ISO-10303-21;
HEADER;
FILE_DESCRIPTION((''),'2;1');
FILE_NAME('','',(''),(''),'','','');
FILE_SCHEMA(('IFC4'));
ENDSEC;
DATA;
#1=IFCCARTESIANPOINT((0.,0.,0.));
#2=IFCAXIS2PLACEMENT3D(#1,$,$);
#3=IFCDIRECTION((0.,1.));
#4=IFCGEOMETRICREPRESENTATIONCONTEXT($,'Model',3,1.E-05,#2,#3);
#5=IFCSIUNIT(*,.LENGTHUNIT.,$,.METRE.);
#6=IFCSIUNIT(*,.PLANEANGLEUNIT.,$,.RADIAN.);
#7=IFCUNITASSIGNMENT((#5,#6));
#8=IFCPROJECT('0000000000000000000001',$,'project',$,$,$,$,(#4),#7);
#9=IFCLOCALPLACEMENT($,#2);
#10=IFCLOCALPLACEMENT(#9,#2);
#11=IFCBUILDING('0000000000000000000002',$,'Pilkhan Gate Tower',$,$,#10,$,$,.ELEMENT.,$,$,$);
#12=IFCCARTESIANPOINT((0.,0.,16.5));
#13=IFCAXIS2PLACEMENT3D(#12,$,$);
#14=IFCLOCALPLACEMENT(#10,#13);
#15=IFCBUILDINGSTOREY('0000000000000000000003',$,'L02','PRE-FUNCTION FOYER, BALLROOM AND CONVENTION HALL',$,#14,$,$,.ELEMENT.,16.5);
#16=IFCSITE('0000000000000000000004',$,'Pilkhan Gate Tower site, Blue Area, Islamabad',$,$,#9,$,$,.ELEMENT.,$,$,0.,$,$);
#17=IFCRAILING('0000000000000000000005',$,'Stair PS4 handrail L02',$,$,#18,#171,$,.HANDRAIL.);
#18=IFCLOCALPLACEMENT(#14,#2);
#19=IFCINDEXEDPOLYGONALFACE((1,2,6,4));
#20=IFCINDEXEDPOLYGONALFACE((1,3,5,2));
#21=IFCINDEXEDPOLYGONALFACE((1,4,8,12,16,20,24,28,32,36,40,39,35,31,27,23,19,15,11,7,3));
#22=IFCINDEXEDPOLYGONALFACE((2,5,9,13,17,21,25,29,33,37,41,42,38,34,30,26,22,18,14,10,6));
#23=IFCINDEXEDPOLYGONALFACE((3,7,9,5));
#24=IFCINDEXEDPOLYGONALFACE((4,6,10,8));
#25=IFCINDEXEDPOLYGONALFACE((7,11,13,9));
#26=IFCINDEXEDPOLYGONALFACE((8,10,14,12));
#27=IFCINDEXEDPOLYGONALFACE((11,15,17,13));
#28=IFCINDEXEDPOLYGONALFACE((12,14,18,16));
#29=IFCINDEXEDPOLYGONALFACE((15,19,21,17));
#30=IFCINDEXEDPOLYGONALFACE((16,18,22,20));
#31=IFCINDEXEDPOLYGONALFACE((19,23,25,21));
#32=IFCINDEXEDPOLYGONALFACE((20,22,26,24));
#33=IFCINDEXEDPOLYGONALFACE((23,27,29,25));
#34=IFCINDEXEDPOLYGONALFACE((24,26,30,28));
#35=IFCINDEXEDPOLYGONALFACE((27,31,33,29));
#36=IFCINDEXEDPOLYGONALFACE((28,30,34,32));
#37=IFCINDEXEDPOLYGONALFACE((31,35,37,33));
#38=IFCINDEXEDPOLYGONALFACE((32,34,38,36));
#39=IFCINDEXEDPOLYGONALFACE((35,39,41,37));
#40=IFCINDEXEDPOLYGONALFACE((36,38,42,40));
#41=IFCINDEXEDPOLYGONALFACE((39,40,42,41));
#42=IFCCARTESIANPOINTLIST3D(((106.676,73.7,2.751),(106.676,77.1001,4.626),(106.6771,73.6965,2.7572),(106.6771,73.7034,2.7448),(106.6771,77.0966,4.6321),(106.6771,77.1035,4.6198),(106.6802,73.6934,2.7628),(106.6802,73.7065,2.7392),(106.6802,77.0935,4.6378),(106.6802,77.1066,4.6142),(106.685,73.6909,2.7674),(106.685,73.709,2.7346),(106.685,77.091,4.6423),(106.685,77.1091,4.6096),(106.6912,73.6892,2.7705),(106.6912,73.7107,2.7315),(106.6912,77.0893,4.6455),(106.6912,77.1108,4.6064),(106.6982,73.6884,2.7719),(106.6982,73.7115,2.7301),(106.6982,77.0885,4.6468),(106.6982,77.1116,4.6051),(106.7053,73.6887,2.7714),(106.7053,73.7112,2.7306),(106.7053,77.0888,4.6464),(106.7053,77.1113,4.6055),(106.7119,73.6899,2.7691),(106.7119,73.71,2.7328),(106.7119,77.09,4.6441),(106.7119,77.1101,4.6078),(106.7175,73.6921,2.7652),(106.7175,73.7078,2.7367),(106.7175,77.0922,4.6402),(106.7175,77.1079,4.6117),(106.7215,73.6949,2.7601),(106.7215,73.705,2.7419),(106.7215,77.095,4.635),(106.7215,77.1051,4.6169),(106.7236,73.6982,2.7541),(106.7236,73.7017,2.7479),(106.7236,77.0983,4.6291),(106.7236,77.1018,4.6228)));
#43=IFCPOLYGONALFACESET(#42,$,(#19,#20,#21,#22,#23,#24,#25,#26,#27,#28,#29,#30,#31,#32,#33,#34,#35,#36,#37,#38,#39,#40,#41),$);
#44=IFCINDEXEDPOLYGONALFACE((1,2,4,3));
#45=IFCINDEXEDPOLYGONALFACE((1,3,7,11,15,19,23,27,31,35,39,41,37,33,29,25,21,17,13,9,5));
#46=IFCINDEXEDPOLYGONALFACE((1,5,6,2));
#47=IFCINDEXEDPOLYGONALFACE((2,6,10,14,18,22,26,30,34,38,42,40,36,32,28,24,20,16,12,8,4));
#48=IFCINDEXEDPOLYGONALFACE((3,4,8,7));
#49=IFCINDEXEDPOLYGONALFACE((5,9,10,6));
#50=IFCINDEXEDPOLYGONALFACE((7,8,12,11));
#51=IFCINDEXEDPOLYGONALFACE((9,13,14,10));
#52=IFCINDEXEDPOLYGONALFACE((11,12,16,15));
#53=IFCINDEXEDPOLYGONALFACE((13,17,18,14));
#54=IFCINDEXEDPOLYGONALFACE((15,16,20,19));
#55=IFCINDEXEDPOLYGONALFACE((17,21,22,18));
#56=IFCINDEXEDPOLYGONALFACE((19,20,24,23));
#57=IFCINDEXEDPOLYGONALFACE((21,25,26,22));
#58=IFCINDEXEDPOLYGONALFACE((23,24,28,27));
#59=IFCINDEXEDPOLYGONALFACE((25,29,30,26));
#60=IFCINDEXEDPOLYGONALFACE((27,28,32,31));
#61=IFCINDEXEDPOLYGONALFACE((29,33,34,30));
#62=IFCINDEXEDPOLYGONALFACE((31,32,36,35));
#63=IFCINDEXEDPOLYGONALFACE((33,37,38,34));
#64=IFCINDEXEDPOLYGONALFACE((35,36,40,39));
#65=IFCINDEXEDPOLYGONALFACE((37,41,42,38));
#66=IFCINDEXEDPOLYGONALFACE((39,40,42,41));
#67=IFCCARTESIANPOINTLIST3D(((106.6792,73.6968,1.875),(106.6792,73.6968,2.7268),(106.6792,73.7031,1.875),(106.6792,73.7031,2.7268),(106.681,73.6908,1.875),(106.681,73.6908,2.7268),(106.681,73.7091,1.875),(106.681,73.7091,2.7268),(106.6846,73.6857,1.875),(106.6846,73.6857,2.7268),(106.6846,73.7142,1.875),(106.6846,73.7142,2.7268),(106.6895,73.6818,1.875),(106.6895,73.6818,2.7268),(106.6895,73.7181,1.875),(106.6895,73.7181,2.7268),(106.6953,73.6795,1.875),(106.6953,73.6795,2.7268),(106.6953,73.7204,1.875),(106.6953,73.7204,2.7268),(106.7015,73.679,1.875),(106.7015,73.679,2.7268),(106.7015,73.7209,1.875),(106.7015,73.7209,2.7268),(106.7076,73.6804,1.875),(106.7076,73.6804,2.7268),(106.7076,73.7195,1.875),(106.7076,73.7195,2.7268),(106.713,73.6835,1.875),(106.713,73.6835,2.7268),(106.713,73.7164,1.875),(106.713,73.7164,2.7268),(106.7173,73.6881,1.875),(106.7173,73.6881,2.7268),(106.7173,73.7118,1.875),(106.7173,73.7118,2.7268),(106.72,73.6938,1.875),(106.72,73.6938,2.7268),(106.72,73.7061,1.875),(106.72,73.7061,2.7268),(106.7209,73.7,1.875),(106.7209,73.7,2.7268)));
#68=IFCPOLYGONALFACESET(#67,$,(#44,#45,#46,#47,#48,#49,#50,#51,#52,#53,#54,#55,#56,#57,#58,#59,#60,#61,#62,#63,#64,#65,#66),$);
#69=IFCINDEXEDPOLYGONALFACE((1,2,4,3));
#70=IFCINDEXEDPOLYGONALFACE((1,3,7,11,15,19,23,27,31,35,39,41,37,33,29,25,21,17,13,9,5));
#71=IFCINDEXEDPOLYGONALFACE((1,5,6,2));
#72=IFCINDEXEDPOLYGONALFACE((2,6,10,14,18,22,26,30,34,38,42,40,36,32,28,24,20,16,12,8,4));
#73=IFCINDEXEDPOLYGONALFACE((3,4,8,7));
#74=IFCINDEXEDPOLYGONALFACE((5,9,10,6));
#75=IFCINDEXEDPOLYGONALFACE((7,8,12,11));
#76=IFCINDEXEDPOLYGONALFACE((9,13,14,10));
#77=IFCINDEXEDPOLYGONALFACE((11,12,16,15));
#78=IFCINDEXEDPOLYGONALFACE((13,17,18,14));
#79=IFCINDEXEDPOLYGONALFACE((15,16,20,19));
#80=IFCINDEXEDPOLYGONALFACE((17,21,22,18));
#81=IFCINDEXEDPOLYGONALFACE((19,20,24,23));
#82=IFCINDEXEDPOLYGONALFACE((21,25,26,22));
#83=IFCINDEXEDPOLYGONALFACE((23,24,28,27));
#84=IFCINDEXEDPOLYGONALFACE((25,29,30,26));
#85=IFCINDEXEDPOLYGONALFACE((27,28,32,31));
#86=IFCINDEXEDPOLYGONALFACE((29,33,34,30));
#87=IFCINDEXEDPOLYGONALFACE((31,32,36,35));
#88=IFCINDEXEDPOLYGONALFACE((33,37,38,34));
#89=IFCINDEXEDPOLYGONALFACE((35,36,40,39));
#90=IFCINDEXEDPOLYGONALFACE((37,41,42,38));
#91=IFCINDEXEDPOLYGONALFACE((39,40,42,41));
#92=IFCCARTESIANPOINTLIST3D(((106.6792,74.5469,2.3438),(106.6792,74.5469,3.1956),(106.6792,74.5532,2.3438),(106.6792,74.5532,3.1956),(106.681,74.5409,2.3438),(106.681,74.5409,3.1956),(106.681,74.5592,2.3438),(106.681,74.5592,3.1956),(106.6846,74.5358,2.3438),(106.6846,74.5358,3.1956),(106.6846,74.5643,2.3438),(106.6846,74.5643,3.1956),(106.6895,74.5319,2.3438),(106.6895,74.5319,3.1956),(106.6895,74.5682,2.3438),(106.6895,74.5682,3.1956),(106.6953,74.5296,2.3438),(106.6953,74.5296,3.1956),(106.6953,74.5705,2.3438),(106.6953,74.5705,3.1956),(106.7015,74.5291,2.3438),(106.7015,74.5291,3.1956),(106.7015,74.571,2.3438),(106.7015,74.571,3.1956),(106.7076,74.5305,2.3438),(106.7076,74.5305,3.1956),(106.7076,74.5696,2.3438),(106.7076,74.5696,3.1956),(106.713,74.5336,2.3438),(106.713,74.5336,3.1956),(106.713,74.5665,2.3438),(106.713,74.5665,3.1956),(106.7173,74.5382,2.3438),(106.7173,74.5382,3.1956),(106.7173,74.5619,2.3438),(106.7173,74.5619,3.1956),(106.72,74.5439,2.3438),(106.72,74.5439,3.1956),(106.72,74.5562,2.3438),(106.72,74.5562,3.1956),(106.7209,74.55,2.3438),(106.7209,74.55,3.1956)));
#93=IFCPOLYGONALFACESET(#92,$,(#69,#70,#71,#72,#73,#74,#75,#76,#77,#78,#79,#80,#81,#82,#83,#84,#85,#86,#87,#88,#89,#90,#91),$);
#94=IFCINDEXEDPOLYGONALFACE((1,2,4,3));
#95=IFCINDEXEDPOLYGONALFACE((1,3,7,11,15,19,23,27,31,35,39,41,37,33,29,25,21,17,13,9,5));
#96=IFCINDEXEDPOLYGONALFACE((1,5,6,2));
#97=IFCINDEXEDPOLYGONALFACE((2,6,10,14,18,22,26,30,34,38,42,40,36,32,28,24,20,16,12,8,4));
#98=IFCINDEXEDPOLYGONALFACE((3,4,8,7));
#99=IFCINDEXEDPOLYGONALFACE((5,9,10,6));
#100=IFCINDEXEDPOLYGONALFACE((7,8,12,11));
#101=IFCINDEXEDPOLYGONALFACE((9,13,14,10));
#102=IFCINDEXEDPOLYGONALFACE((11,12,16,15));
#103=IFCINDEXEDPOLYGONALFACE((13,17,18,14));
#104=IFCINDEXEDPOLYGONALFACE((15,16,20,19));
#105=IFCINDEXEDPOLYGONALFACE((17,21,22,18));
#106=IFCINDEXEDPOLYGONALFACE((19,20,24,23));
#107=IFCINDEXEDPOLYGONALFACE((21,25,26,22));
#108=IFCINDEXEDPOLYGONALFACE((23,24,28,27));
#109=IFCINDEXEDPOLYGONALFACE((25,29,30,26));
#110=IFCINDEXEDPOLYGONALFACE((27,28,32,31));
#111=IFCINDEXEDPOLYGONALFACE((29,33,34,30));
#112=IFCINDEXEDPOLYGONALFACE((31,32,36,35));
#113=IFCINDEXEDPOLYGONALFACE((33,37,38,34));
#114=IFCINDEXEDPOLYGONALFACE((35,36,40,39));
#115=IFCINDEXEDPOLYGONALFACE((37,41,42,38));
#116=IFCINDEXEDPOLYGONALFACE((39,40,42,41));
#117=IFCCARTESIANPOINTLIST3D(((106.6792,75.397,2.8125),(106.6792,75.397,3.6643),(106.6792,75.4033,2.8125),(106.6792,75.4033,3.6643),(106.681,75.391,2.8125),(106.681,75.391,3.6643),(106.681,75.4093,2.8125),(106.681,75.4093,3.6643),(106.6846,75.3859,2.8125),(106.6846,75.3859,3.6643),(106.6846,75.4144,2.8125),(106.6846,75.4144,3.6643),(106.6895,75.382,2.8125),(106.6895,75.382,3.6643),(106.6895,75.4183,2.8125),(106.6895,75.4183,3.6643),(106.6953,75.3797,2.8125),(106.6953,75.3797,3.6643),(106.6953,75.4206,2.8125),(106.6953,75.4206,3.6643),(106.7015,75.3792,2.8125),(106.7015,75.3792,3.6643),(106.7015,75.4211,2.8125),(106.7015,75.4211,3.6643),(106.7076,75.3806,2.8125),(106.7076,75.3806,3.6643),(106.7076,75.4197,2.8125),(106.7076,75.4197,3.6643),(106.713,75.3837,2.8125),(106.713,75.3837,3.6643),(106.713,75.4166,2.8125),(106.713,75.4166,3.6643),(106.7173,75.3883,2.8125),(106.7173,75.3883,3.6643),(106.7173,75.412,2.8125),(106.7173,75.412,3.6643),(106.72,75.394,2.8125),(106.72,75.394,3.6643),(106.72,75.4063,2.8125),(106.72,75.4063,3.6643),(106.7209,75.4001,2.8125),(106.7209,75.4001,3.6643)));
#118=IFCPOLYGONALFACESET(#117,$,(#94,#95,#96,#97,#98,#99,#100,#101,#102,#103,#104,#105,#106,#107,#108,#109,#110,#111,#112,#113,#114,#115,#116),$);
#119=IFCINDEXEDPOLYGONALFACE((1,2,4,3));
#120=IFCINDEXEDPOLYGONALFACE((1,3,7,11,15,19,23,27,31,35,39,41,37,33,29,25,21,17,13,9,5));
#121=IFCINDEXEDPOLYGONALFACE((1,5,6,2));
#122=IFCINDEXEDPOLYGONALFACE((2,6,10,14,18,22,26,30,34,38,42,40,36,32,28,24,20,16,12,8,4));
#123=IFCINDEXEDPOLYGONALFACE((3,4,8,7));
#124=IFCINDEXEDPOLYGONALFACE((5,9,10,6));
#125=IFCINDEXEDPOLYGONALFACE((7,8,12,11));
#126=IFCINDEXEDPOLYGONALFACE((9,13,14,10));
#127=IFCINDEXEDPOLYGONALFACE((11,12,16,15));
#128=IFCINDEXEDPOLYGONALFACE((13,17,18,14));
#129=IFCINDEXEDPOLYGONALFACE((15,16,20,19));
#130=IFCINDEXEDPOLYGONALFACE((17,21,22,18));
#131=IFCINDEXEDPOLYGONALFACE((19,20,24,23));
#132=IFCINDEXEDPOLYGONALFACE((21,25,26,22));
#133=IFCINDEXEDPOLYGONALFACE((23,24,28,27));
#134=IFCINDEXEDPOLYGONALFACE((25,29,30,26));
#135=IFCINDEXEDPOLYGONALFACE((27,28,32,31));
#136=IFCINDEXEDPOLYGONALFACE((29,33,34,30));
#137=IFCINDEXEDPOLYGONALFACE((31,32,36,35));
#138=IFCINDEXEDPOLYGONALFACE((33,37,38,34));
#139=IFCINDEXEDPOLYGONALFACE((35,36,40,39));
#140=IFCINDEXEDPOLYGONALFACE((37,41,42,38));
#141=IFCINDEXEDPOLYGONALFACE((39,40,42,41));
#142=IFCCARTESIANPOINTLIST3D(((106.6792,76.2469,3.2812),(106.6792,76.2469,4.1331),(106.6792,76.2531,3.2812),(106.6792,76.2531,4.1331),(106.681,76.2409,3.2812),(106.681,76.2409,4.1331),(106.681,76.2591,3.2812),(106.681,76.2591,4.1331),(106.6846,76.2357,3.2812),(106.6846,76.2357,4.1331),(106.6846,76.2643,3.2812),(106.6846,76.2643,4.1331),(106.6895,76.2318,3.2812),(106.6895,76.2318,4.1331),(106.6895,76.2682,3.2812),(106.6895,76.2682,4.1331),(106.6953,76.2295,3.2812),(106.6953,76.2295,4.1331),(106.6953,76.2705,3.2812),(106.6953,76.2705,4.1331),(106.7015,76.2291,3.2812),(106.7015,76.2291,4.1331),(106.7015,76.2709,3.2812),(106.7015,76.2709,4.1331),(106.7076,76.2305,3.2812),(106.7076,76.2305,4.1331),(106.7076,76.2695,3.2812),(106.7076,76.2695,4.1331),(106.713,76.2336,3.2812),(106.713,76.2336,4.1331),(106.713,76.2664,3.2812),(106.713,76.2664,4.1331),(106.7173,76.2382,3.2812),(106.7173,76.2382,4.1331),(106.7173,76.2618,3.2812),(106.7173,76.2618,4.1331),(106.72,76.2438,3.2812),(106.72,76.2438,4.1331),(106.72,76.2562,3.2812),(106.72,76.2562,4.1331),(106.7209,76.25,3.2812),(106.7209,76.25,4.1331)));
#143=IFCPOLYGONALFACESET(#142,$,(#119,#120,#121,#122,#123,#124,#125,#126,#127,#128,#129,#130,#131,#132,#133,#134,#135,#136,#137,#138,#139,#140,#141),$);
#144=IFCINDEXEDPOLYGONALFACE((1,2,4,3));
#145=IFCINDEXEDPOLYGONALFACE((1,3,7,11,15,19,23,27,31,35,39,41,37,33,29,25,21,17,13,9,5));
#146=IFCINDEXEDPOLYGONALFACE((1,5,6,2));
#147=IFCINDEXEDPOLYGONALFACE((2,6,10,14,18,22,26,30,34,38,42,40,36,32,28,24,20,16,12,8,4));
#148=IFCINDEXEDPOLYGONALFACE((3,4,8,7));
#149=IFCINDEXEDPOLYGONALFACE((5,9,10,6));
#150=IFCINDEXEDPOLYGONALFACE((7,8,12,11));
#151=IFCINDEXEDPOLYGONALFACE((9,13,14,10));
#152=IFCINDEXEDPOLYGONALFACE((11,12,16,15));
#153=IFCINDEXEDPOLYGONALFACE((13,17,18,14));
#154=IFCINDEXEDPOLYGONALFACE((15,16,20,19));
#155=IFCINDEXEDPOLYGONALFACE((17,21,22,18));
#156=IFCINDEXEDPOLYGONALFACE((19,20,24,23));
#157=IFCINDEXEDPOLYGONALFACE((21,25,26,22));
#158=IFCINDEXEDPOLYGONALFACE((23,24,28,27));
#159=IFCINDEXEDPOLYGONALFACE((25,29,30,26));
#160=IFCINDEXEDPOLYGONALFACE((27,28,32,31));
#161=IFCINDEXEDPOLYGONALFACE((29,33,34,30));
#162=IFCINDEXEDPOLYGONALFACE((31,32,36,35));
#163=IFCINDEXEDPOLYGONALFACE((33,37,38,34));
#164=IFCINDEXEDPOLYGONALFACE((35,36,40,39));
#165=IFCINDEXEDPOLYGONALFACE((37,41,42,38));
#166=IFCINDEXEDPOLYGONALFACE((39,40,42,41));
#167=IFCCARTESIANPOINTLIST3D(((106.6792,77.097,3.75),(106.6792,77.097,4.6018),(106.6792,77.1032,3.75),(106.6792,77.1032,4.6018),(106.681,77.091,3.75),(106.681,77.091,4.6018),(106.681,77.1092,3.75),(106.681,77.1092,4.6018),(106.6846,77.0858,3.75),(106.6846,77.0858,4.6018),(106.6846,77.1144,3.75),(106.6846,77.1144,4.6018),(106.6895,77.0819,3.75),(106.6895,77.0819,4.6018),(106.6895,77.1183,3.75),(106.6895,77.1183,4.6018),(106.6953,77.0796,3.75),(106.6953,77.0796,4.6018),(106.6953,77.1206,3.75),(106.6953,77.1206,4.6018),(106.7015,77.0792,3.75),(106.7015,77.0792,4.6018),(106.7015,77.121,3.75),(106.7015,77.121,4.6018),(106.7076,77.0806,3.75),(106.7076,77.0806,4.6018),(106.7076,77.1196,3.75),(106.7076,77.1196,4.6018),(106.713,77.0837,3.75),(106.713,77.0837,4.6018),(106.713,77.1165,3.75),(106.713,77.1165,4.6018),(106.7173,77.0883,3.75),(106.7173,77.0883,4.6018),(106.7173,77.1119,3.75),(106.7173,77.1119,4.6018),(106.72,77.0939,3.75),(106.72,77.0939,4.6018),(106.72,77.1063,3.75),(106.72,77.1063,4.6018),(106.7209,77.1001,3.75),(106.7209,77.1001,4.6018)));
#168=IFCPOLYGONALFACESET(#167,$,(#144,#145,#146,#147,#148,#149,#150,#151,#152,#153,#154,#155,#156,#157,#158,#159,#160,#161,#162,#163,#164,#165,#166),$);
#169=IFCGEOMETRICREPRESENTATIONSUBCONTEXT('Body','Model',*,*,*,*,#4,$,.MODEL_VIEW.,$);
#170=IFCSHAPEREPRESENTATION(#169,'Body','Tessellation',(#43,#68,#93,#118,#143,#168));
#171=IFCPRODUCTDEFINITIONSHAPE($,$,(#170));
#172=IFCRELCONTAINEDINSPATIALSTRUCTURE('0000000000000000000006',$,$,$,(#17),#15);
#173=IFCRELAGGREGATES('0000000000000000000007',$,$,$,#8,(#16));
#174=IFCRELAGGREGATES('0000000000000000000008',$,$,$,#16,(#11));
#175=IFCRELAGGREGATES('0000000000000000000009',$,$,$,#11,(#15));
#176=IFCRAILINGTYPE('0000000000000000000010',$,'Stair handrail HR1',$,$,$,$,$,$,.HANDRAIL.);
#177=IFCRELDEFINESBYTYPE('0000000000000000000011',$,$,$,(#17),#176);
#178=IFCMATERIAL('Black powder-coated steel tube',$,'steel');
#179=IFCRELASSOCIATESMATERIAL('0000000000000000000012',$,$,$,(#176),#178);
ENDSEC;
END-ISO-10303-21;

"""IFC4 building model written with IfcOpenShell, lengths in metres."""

from ifc_helpers import new_model, si_unit, direction, frame, origin, origin_2d, place, context, subcontext, project, spatial, circle, extrude, material, type_object, element, save


model = new_model("IFC4")

# Units and contexts
model_context = context("Model", 3, precision=1e-05, world=origin(), true_north=direction((0.0, 1.0)))
body_context = subcontext(model_context, "Body", "Model", "MODEL_VIEW")
ifc_project = project(units=[si_unit("LENGTHUNIT", "METRE"), si_unit("PLANEANGLEUNIT", "RADIAN")], contexts=[model_context])

# Site, building, storey
site_placement = place(None, origin())
site = spatial("IfcSite", under=ifc_project, at=site_placement, Name="Pilkhan Gate Tower site, Blue Area, Islamabad", CompositionType="ELEMENT", RefElevation=0.0)
building_placement = place(site_placement, origin())
building = spatial("IfcBuilding", under=site, at=building_placement, Name="Pilkhan Gate Tower", CompositionType="ELEMENT")
storey_placement = place(building_placement, frame((0.0, 0.0, 16.5)))
storey = spatial("IfcBuildingStorey", under=building, at=storey_placement, Name="L02", Description="PRE-FUNCTION FOYER, BALLROOM AND CONVENTION HALL", CompositionType="ELEMENT", Elevation=16.5)

# Railing
ifc_material_1 = material(Name="Black powder-coated steel tube", Category="steel")
railing_type_1 = type_object("IfcRailingType", Name="Stair handrail HR1", PredefinedType="HANDRAIL", material=ifc_material_1)
railing_1_placement = place(storey_placement, frame((106.7, 73.7, 1.875)))
element("IfcRailing", 1, at=railing_1_placement, inside=storey, type_object=railing_type_1, Name="Stair PS4 handrail L02", PredefinedType="HANDRAIL", context=body_context, shape_type="SweptSolid", body=[
    extrude(circle(Radius=0.0239, at=origin_2d()), frame((0.0, 0.0, 0.876), z_axis=(0.0, 0.87568, 0.482891), x_axis=(-1.0, 0.0, 0.0)), (0.0, 0.0, 1.0), 3.8828),
    extrude(circle(Radius=0.021, at=origin_2d()), origin(), (0.0, 0.0, 1.0), 0.8518),
    extrude(circle(Radius=0.021, at=origin_2d()), frame((0.0, 0.8501, 0.4688)), (0.0, 0.0, 1.0), 0.8518),
    extrude(circle(Radius=0.021, at=origin_2d()), frame((0.0, 1.7002, 0.9375)), (0.0, 0.0, 1.0), 0.8518),
    extrude(circle(Radius=0.021, at=origin_2d()), frame((0.0, 2.55, 1.4062)), (0.0, 0.0, 1.0), 0.8518),
    extrude(circle(Radius=0.021, at=origin_2d()), frame((0.0, 3.4001, 1.875)), (0.0, 0.0, 1.0), 0.8518),
])

save(model, "model.ifc")
